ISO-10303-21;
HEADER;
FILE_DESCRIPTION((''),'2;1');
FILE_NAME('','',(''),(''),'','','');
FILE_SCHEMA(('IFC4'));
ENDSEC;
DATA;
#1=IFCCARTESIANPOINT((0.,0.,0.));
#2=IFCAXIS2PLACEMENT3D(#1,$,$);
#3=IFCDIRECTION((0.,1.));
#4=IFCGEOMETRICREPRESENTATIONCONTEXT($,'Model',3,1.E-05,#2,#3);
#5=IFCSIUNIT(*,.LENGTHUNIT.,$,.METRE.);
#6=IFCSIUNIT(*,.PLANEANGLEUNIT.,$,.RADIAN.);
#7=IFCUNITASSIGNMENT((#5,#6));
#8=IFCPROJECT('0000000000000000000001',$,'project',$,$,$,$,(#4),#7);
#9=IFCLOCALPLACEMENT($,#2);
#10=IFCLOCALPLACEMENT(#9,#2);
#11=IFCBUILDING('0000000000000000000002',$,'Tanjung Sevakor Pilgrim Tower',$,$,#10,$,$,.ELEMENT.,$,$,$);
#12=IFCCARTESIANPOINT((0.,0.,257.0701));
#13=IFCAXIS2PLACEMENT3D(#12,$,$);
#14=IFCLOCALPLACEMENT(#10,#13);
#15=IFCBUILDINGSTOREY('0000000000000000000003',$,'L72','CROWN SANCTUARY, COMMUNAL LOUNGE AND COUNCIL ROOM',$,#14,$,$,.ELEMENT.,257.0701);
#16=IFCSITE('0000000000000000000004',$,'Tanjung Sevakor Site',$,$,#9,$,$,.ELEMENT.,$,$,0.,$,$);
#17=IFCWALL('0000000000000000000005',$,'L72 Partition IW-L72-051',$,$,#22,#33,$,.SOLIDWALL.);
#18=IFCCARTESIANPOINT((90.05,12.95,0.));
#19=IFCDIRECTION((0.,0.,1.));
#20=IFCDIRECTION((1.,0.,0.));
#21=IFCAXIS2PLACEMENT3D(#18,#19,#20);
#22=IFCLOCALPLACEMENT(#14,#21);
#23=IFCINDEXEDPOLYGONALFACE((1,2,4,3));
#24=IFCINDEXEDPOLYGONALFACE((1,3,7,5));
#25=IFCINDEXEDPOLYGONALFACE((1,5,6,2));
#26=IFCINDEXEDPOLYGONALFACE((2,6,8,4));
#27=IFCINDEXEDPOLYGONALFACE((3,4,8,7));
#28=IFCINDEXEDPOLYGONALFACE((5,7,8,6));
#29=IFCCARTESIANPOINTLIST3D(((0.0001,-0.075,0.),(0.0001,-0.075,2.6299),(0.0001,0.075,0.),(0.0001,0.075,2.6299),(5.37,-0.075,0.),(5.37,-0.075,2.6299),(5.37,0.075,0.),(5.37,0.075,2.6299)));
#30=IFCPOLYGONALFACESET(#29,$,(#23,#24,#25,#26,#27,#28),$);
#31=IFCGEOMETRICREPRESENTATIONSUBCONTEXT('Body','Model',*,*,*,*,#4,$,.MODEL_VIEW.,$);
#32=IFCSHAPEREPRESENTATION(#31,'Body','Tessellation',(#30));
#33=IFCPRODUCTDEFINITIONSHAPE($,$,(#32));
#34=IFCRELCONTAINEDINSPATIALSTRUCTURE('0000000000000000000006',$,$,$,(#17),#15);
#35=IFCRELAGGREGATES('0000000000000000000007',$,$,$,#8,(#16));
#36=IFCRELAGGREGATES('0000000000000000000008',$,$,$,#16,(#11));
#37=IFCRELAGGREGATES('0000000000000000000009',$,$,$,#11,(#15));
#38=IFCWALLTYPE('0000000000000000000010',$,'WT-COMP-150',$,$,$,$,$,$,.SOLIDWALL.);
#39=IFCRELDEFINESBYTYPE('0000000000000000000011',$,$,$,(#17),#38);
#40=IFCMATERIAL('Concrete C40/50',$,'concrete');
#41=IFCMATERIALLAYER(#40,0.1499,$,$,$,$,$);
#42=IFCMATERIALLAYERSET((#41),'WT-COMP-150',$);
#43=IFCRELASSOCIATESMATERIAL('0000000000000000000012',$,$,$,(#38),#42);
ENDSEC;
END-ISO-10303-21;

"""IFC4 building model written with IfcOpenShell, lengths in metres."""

from ifc_helpers import new_model, si_unit, direction, frame, frame_2d, origin, place, context, subcontext, project, spatial, rectangle, extrude, material, layer, layer_set, type_object, element, save


model = new_model("IFC4")

# Units and contexts
model_context = context("Model", 3, precision=1e-05, world=origin(), true_north=direction((0.0, 1.0)))
body_context = subcontext(model_context, "Body", "Model", "MODEL_VIEW")
ifc_project = project(units=[si_unit("LENGTHUNIT", "METRE"), si_unit("PLANEANGLEUNIT", "RADIAN")], contexts=[model_context])

# Site, building, storey
site_placement = place(None, origin())
site = spatial("IfcSite", under=ifc_project, at=site_placement, Name="Tanjung Sevakor Site", CompositionType="ELEMENT", RefElevation=0.0)
building_placement = place(site_placement, origin())
building = spatial("IfcBuilding", under=site, at=building_placement, Name="Tanjung Sevakor Pilgrim Tower", CompositionType="ELEMENT")
storey_placement = place(building_placement, frame((0.0, 0.0, 257.0701)))
storey = spatial("IfcBuildingStorey", under=building, at=storey_placement, Name="L72", Description="CROWN SANCTUARY, COMMUNAL LOUNGE AND COUNCIL ROOM", CompositionType="ELEMENT", Elevation=257.0701)

# Wall
ifc_material_1 = material(Name="Concrete C40/50", Category="concrete")
ifc_layer_1 = layer(ifc_material_1, 0.1499)
ifc_layer_set_1 = layer_set([ifc_layer_1], Name="WT-COMP-150")
wall_type_1 = type_object("IfcWallType", Name="WT-COMP-150", PredefinedType="SOLIDWALL", material=ifc_layer_set_1)
wall_1_placement = place(storey_placement, frame((90.05, 12.95, 0.0), z_axis=(0.0, 0.0, 1.0), x_axis=(1.0, 0.0, 0.0)))
element("IfcWall", 1, at=wall_1_placement, inside=storey, type_object=wall_type_1, Name="L72 Partition IW-L72-051", PredefinedType="SOLIDWALL", context=body_context, shape_type="SweptSolid", body=[
    extrude(rectangle(XDim=5.3699, YDim=0.1499, at=frame_2d((2.6851, 0.0))), origin(), (0.0, 0.0, 1.0), 2.6299),
])

save(model, "model.ifc")
